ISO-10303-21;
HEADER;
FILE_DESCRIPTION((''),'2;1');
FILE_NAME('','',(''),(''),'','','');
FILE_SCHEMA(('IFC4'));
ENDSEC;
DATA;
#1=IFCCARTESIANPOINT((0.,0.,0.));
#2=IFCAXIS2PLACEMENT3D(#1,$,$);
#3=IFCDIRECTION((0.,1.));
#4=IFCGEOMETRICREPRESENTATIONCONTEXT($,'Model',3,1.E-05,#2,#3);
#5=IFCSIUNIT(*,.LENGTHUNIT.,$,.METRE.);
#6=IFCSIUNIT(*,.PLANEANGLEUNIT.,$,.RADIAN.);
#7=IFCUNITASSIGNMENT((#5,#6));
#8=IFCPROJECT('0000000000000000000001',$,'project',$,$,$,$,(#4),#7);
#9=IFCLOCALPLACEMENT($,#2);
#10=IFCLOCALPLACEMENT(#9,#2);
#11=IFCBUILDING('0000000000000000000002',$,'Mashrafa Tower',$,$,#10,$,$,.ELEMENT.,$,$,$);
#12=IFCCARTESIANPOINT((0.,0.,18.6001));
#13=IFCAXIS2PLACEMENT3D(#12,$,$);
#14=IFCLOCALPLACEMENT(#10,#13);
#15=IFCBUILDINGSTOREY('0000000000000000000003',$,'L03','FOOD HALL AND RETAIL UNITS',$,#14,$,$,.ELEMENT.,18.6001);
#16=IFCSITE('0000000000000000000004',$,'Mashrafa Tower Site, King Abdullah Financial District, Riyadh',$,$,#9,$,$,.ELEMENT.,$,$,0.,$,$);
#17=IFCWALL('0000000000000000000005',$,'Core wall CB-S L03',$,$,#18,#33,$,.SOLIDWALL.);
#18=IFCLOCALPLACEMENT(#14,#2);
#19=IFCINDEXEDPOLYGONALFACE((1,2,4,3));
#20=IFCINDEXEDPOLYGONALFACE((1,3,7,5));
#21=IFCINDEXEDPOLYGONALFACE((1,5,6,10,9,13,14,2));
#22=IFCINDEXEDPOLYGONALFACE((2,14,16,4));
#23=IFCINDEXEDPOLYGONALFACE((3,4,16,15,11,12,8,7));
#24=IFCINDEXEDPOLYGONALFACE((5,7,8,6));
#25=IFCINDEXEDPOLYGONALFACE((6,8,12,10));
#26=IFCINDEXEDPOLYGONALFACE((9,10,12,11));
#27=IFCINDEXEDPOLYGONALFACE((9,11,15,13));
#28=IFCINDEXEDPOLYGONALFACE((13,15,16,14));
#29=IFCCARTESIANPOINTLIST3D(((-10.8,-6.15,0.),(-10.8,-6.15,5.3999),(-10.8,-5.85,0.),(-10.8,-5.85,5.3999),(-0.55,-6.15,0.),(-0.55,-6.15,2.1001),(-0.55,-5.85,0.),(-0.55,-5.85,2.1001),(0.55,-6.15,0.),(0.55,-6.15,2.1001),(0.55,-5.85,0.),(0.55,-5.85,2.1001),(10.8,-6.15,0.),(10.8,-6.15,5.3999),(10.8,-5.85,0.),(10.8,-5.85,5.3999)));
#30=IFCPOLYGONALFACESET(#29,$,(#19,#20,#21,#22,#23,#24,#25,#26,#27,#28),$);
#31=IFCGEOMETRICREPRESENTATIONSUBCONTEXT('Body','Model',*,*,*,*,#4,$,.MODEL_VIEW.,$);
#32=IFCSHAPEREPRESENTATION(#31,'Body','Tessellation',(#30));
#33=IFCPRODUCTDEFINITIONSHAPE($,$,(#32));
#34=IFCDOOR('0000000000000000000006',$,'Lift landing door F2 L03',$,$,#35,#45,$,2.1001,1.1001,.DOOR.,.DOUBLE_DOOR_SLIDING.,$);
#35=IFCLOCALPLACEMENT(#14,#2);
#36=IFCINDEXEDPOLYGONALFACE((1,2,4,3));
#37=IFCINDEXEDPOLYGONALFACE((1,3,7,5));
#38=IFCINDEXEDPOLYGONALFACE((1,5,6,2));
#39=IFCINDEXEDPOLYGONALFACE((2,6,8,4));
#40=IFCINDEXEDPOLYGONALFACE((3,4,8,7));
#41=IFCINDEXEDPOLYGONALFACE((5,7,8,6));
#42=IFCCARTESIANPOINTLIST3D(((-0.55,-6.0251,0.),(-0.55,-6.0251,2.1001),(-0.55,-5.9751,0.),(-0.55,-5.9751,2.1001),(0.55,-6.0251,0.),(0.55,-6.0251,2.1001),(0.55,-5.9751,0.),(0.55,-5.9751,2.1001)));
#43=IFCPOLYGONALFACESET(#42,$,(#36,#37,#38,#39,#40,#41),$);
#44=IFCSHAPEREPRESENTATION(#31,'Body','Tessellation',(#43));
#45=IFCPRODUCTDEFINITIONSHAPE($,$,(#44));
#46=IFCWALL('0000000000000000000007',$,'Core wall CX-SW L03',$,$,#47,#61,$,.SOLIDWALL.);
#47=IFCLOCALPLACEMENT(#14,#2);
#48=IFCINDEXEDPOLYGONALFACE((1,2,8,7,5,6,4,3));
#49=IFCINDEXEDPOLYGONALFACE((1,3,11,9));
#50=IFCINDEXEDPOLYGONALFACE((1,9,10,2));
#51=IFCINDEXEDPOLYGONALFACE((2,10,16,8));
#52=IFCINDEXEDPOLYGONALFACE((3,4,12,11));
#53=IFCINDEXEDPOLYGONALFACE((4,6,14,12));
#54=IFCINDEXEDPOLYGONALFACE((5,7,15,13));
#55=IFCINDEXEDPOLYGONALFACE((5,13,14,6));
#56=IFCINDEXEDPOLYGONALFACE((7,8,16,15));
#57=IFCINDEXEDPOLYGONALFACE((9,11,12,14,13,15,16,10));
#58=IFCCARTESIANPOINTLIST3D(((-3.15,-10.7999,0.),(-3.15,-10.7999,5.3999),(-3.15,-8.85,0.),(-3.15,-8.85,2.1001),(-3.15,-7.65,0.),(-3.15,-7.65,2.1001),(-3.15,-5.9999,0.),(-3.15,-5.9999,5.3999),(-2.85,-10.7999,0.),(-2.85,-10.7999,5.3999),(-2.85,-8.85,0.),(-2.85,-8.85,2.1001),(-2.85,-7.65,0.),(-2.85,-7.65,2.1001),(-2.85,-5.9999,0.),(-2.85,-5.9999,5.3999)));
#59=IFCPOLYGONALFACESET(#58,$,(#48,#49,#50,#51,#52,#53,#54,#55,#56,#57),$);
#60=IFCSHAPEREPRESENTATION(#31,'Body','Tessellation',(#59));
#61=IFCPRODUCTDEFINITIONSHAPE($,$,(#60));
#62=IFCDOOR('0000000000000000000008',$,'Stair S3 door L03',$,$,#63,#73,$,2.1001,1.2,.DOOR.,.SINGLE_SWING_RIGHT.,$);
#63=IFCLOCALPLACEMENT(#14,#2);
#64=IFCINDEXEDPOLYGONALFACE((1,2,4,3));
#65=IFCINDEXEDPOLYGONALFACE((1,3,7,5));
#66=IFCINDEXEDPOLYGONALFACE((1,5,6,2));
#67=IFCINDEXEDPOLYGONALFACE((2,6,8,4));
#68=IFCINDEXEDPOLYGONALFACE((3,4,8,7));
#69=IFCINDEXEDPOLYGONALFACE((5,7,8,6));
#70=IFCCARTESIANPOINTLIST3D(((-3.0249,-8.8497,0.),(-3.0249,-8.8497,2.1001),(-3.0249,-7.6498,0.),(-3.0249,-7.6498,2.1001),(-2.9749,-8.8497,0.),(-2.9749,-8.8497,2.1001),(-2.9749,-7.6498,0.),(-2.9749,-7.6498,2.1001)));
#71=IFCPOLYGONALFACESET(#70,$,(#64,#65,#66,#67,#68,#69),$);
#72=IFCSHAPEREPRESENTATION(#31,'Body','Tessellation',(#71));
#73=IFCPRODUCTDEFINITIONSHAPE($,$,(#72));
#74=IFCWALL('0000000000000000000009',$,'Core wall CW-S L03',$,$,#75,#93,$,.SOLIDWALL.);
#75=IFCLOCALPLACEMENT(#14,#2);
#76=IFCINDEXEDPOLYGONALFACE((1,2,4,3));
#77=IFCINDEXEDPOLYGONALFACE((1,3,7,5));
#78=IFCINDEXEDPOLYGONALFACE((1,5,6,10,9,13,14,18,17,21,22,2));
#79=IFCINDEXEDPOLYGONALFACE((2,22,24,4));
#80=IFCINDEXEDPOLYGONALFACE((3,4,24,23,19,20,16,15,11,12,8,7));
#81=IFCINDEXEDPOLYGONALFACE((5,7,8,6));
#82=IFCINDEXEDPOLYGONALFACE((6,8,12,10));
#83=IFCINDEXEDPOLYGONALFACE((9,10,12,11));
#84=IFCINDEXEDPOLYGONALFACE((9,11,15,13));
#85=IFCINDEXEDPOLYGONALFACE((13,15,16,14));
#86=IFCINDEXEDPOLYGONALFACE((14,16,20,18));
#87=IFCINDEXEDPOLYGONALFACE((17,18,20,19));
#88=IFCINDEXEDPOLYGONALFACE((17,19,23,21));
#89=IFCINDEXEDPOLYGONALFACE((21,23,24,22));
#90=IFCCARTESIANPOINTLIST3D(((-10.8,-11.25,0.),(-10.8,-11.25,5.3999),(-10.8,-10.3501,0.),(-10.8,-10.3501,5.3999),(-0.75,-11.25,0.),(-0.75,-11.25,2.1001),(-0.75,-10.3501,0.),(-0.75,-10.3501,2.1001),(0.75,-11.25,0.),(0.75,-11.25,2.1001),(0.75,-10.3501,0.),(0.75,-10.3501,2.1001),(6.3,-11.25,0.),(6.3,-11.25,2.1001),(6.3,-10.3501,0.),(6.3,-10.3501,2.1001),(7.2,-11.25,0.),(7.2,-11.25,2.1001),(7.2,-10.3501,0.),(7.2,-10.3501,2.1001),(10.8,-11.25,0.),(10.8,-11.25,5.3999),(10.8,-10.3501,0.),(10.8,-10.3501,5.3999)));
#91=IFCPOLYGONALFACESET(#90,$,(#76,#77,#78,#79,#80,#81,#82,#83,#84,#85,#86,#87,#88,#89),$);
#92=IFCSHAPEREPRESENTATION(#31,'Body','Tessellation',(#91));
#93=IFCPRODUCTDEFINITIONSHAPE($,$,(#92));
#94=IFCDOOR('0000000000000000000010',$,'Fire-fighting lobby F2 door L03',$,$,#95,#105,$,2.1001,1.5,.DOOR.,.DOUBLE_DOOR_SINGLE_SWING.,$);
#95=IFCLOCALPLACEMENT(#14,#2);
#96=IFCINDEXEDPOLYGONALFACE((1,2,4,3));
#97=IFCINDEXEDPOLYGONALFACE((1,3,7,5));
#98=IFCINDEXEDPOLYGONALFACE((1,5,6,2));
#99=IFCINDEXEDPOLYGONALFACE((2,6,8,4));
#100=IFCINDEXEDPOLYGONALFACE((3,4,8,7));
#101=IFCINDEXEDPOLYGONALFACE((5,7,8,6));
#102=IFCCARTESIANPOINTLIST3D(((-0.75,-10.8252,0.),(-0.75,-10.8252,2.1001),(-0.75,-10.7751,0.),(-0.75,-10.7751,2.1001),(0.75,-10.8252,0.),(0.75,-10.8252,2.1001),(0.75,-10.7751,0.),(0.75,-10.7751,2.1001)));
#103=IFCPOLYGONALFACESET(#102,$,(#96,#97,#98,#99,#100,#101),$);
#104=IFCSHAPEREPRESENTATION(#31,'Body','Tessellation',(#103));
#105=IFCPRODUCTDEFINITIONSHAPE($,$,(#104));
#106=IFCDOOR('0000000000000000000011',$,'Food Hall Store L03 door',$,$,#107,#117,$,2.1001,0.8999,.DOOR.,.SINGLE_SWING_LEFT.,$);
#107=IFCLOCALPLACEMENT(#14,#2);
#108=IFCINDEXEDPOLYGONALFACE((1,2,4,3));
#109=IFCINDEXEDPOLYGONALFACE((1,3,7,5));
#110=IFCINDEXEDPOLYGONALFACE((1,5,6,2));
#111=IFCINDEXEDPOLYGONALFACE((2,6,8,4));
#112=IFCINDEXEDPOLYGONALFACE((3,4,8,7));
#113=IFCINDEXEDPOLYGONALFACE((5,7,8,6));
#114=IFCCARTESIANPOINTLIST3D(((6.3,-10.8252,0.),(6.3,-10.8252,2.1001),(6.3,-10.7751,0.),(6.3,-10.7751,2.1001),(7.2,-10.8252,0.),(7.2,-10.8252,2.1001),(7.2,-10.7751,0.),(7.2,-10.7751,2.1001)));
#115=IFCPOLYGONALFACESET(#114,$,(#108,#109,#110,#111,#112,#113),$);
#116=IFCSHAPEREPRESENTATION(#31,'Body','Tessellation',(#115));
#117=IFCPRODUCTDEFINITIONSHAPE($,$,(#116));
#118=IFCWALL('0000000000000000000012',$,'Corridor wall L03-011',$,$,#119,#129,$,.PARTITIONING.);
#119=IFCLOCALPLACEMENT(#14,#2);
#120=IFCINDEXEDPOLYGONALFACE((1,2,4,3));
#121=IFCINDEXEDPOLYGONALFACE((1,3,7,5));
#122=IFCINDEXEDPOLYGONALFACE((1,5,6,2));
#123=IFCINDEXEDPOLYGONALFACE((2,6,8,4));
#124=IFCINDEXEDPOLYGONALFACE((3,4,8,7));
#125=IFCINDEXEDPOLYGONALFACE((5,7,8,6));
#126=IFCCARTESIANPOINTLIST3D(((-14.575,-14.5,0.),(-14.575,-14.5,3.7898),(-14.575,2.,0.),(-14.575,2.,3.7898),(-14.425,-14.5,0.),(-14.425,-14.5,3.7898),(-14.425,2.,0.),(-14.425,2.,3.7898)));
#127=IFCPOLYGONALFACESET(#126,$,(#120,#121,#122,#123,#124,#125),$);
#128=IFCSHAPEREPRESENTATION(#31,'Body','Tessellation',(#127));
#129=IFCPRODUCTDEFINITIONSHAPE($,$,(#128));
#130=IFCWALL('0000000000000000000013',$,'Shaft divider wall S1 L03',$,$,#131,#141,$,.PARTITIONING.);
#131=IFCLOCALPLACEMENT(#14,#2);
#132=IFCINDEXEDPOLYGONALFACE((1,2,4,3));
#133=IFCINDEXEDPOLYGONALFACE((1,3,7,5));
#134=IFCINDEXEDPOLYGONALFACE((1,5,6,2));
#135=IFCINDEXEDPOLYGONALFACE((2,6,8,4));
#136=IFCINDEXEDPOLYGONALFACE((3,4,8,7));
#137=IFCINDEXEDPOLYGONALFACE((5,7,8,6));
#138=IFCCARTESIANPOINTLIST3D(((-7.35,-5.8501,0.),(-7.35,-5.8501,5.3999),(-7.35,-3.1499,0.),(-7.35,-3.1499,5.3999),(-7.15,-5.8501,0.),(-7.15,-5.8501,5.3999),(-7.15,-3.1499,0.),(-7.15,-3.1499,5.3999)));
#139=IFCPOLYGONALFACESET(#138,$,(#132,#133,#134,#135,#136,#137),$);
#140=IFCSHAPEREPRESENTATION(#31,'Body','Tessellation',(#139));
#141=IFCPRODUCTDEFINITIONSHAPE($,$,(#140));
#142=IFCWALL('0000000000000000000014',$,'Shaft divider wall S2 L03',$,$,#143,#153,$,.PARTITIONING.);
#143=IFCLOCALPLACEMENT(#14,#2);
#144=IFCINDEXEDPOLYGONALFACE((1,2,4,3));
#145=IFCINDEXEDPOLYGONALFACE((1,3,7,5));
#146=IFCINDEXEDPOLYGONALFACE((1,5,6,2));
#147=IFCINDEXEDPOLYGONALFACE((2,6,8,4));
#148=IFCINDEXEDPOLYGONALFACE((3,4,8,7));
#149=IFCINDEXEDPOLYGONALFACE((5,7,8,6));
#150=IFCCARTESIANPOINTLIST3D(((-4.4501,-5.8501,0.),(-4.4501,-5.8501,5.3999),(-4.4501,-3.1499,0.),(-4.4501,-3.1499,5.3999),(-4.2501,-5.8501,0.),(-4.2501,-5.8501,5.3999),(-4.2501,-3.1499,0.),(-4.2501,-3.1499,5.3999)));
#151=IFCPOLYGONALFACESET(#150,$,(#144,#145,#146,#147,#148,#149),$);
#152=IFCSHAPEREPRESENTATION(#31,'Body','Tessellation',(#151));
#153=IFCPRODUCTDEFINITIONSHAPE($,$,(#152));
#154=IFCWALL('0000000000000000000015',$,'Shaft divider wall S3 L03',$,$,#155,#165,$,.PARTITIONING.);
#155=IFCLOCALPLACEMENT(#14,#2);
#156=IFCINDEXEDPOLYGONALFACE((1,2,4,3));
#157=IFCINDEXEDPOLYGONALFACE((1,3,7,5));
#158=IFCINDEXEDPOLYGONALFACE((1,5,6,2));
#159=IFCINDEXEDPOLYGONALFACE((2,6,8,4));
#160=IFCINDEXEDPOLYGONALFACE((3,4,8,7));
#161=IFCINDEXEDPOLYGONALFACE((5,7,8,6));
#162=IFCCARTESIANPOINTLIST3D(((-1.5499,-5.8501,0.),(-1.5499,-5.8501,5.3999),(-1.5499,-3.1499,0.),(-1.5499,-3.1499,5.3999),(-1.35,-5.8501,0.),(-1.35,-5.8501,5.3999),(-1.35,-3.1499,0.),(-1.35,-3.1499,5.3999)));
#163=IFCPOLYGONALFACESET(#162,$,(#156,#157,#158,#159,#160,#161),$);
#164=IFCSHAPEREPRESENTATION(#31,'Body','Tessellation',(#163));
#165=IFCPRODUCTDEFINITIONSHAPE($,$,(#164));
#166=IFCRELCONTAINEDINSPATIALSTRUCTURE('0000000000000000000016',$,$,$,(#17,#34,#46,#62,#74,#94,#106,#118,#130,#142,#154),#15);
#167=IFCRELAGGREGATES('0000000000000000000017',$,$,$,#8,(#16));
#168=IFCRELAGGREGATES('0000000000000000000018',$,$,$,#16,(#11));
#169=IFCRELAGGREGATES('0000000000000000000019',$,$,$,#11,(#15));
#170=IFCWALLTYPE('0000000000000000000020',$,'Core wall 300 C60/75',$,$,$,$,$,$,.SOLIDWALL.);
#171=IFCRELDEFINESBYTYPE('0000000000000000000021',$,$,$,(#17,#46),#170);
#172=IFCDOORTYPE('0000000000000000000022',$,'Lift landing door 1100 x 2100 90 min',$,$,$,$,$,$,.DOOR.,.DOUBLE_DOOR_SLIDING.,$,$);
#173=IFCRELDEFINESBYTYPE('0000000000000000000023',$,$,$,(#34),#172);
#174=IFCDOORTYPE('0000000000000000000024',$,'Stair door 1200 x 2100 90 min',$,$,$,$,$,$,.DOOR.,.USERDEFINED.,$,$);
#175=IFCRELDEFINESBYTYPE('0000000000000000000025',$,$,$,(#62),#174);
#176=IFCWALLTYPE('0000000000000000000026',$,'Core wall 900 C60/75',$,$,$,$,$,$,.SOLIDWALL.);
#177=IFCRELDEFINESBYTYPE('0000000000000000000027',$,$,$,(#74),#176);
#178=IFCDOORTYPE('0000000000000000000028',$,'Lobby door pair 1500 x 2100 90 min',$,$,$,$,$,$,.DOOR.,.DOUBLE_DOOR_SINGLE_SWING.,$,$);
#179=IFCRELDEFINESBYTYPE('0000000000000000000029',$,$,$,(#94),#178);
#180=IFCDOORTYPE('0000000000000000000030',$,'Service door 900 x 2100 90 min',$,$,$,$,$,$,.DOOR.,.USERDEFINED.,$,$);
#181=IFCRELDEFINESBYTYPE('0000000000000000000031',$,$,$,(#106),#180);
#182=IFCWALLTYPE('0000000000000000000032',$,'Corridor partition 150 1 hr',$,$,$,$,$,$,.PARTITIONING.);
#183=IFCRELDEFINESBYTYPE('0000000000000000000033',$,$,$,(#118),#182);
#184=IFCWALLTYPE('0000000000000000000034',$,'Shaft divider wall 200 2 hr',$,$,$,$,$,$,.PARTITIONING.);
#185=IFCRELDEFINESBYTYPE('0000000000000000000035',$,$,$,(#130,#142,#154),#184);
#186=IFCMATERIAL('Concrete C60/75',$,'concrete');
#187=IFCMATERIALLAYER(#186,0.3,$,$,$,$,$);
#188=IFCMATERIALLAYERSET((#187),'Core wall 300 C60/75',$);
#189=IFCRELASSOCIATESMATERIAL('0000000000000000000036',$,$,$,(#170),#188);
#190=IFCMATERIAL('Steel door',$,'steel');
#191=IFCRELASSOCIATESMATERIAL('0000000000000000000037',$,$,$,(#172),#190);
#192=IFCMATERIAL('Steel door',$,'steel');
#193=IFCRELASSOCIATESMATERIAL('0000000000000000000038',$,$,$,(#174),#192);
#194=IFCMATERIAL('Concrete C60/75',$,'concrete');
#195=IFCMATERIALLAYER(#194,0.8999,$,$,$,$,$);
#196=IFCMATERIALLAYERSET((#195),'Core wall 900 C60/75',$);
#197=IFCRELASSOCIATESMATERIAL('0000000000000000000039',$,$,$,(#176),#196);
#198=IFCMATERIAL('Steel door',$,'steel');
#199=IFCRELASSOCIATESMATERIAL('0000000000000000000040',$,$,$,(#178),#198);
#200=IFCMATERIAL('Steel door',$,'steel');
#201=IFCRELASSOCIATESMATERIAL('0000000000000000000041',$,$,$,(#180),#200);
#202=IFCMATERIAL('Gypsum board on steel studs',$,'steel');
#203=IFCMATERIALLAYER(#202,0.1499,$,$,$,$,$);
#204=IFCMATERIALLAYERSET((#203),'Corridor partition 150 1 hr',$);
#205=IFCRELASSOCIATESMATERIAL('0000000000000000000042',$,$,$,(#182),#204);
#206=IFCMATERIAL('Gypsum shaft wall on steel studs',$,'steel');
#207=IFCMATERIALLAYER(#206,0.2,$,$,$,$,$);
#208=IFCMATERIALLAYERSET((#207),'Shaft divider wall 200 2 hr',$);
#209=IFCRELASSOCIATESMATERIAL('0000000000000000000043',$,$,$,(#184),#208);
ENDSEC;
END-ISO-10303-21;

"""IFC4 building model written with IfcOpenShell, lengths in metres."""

from ifc_helpers import new_model, si_unit, direction, frame, frame_2d, origin, place, context, subcontext, project, spatial, rectangle, extrude, material, layer, layer_set, type_object, element, fill, save


model = new_model("IFC4")

# Units and contexts
model_context = context("Model", 3, precision=1e-05, world=origin(), true_north=direction((0.0, 1.0)))
body_context = subcontext(model_context, "Body", "Model", "MODEL_VIEW")
ifc_project = project(units=[si_unit("LENGTHUNIT", "METRE"), si_unit("PLANEANGLEUNIT", "RADIAN")], contexts=[model_context])

# Site, building, storey
site_placement = place(None, origin())
site = spatial("IfcSite", under=ifc_project, at=site_placement, Name="Mashrafa Tower Site, King Abdullah Financial District, Riyadh", CompositionType="ELEMENT", RefElevation=0.0)
building_placement = place(site_placement, origin())
building = spatial("IfcBuilding", under=site, at=building_placement, Name="Mashrafa Tower", CompositionType="ELEMENT")
storey_placement = place(building_placement, frame((0.0, 0.0, 18.6001)))
storey = spatial("IfcBuildingStorey", under=building, at=storey_placement, Name="L03", Description="FOOD HALL AND RETAIL UNITS", CompositionType="ELEMENT", Elevation=18.6001)

# Shared definitions
ifc_material_1 = material(Name="Concrete C60/75", Category="concrete")
ifc_layer_1 = layer(ifc_material_1, 0.3)
ifc_layer_set_1 = layer_set([ifc_layer_1], Name="Core wall 300 C60/75")
wall_type_1 = type_object("IfcWallType", Name="Core wall 300 C60/75", PredefinedType="SOLIDWALL", material=ifc_layer_set_1)

# Walls, openings, doors
wall_1_placement = place(storey_placement, frame((-10.8, -6.0, 0.0), z_axis=(0.0, 0.0, 1.0), x_axis=(1.0, 0.0, 0.0)))
wall_1 = element("IfcWall", 1, at=wall_1_placement, inside=storey, type_object=wall_type_1, Name="Core wall CB-S L03", PredefinedType="SOLIDWALL", context=body_context, shape_type="SweptSolid", body=[
    extrude(rectangle(XDim=21.6001, YDim=0.3, at=frame_2d((10.8, 0.0))), origin(), (0.0, 0.0, 1.0), 5.3999),
])
opening_1_placement = place(wall_1_placement, frame((10.25, 0.0, 0.0)))
opening_1 = element("IfcOpeningElement", 2, at=opening_1_placement, cuts=wall_1, PredefinedType="OPENING", context=body_context, shape_type="SweptSolid", body=[
    extrude(rectangle(XDim=1.1001, YDim=2.1001, at=frame_2d((0.55, 1.05))), frame((0.0, 0.1599, 0.0), z_axis=(0.0, -1.0, 0.0), x_axis=(1.0, 0.0, 0.0)), (0.0, 0.0, 1.0), 0.3201),
])
ifc_material_2 = material(Name="Steel door", Category="steel")
door_type_1 = type_object("IfcDoorType", Name="Lift landing door 1100 x 2100 90 min", OperationType="DOUBLE_DOOR_SLIDING", PredefinedType="DOOR", material=ifc_material_2)
door_1_placement = place(opening_1_placement, origin())
door_1 = element("IfcDoor", 3, at=door_1_placement, inside=storey, type_object=door_type_1, Name="Lift landing door F2 L03", OperationType="DOUBLE_DOOR_SLIDING", OverallHeight=2.1001, OverallWidth=1.1001, PredefinedType="DOOR", context=body_context, shape_type="SweptSolid", body=[
    extrude(rectangle(XDim=1.1001, YDim=2.1001, at=frame_2d((0.55, 1.05))), frame((0.0, 0.0249, 0.0), z_axis=(0.0, -1.0, 0.0), x_axis=(1.0, 0.0, 0.0)), (0.0, 0.0, 1.0), 0.05),
])
fill(opening_1, door_1)
wall_2_placement = place(storey_placement, frame((-3.0, -6.0, 0.0), z_axis=(0.0, 0.0, 1.0), x_axis=(0.0, -1.0, 0.0)))
wall_2 = element("IfcWall", 4, at=wall_2_placement, inside=storey, type_object=wall_type_1, Name="Core wall CX-SW L03", PredefinedType="SOLIDWALL", context=body_context, shape_type="SweptSolid", body=[
    extrude(rectangle(XDim=4.8, YDim=0.3, at=frame_2d((2.3999, 0.0))), origin(), (0.0, 0.0, 1.0), 5.3999),
])
opening_2_placement = place(wall_2_placement, frame((1.6499, 0.0, 0.0)))
opening_2 = element("IfcOpeningElement", 5, at=opening_2_placement, cuts=wall_2, PredefinedType="OPENING", context=body_context, shape_type="SweptSolid", body=[
    extrude(rectangle(XDim=1.2, YDim=2.1001, at=frame_2d((0.6001, 1.05))), frame((0.0, 0.1599, 0.0), z_axis=(0.0, -1.0, 0.0), x_axis=(1.0, 0.0, 0.0)), (0.0, 0.0, 1.0), 0.3201),
])
ifc_material_3 = material(Name="Steel door", Category="steel")
door_type_2 = type_object("IfcDoorType", Name="Stair door 1200 x 2100 90 min", OperationType="USERDEFINED", PredefinedType="DOOR", material=ifc_material_3)
door_2_placement = place(opening_2_placement, frame((1.2, 0.0, 0.0), z_axis=(0.0, 0.0, 1.0), x_axis=(-1.0, 0.0, 0.0)))
door_2 = element("IfcDoor", 6, at=door_2_placement, inside=storey, type_object=door_type_2, Name="Stair S3 door L03", OperationType="SINGLE_SWING_RIGHT", OverallHeight=2.1001, OverallWidth=1.2, PredefinedType="DOOR", context=body_context, shape_type="SweptSolid", body=[
    extrude(rectangle(XDim=1.2, YDim=2.1001, at=frame_2d((0.6001, 1.05))), frame((0.0, 0.0249, 0.0), z_axis=(0.0, -1.0, 0.0), x_axis=(1.0, 0.0, 0.0)), (0.0, 0.0, 1.0), 0.05),
])
fill(opening_2, door_2)

# Wall, openings, doors
ifc_material_4 = material(Name="Concrete C60/75", Category="concrete")
ifc_layer_2 = layer(ifc_material_4, 0.8999)
ifc_layer_set_2 = layer_set([ifc_layer_2], Name="Core wall 900 C60/75")
wall_type_2 = type_object("IfcWallType", Name="Core wall 900 C60/75", PredefinedType="SOLIDWALL", material=ifc_layer_set_2)
wall_3_placement = place(storey_placement, frame((-10.8, -10.8, 0.0), z_axis=(0.0, 0.0, 1.0), x_axis=(1.0, 0.0, 0.0)))
wall_3 = element("IfcWall", 7, at=wall_3_placement, inside=storey, type_object=wall_type_2, Name="Core wall CW-S L03", PredefinedType="SOLIDWALL", context=body_context, shape_type="SweptSolid", body=[
    extrude(rectangle(XDim=21.6001, YDim=0.8999, at=frame_2d((10.8, 0.0))), origin(), (0.0, 0.0, 1.0), 5.3999),
])
opening_3_placement = place(wall_3_placement, frame((10.05, 0.0, 0.0)))
opening_3 = element("IfcOpeningElement", 8, at=opening_3_placement, cuts=wall_3, PredefinedType="OPENING", context=body_context, shape_type="SweptSolid", body=[
    extrude(rectangle(XDim=1.5, YDim=2.1001, at=frame_2d((0.75, 1.05))), frame((0.0, 0.46, 0.0), z_axis=(0.0, -1.0, 0.0), x_axis=(1.0, 0.0, 0.0)), (0.0, 0.0, 1.0), 0.9199),
])
opening_4_placement = place(wall_3_placement, frame((17.1001, 0.0, 0.0)))
opening_4 = element("IfcOpeningElement", 9, at=opening_4_placement, cuts=wall_3, PredefinedType="OPENING", context=body_context, shape_type="SweptSolid", body=[
    extrude(rectangle(XDim=0.8999, YDim=2.1001, at=frame_2d((0.45, 1.05))), frame((0.0, 0.46, 0.0), z_axis=(0.0, -1.0, 0.0), x_axis=(1.0, 0.0, 0.0)), (0.0, 0.0, 1.0), 0.9199),
])
ifc_material_5 = material(Name="Steel door", Category="steel")
door_type_3 = type_object("IfcDoorType", Name="Lobby door pair 1500 x 2100 90 min", OperationType="DOUBLE_DOOR_SINGLE_SWING", PredefinedType="DOOR", material=ifc_material_5)
door_3_placement = place(opening_3_placement, origin())
door_3 = element("IfcDoor", 10, at=door_3_placement, inside=storey, type_object=door_type_3, Name="Fire-fighting lobby F2 door L03", OperationType="DOUBLE_DOOR_SINGLE_SWING", OverallHeight=2.1001, OverallWidth=1.5, PredefinedType="DOOR", context=body_context, shape_type="SweptSolid", body=[
    extrude(rectangle(XDim=1.5, YDim=2.1001, at=frame_2d((0.75, 1.05))), frame((0.0, 0.0249, 0.0), z_axis=(0.0, -1.0, 0.0), x_axis=(1.0, 0.0, 0.0)), (0.0, 0.0, 1.0), 0.05),
])
fill(opening_3, door_3)
ifc_material_6 = material(Name="Steel door", Category="steel")
door_type_4 = type_object("IfcDoorType", Name="Service door 900 x 2100 90 min", OperationType="USERDEFINED", PredefinedType="DOOR", material=ifc_material_6)
door_4_placement = place(opening_4_placement, origin())
door_4 = element("IfcDoor", 11, at=door_4_placement, inside=storey, type_object=door_type_4, Name="Food Hall Store L03 door", OperationType="SINGLE_SWING_LEFT", OverallHeight=2.1001, OverallWidth=0.8999, PredefinedType="DOOR", context=body_context, shape_type="SweptSolid", body=[
    extrude(rectangle(XDim=0.8999, YDim=2.1001, at=frame_2d((0.45, 1.05))), frame((0.0, 0.0249, 0.0), z_axis=(0.0, -1.0, 0.0), x_axis=(1.0, 0.0, 0.0)), (0.0, 0.0, 1.0), 0.05),
])
fill(opening_4, door_4)

# Walls
ifc_material_7 = material(Name="Gypsum board on steel studs", Category="steel")
ifc_layer_3 = layer(ifc_material_7, 0.1499)
ifc_layer_set_3 = layer_set([ifc_layer_3], Name="Corridor partition 150 1 hr")
wall_type_3 = type_object("IfcWallType", Name="Corridor partition 150 1 hr", PredefinedType="PARTITIONING", material=ifc_layer_set_3)
wall_4_placement = place(storey_placement, frame((-14.5, -14.5, 0.0), z_axis=(0.0, 0.0, 1.0), x_axis=(0.0, 1.0, 0.0)))
element("IfcWall", 12, at=wall_4_placement, inside=storey, type_object=wall_type_3, Name="Corridor wall L03-011", PredefinedType="PARTITIONING", context=body_context, shape_type="SweptSolid", body=[
    extrude(rectangle(XDim=16.5, YDim=0.1499, at=frame_2d((8.25, 0.0))), origin(), (0.0, 0.0, 1.0), 3.7898),
])
ifc_material_8 = material(Name="Gypsum shaft wall on steel studs", Category="steel")
ifc_layer_4 = layer(ifc_material_8, 0.2)
ifc_layer_set_4 = layer_set([ifc_layer_4], Name="Shaft divider wall 200 2 hr")
wall_type_4 = type_object("IfcWallType", Name="Shaft divider wall 200 2 hr", PredefinedType="PARTITIONING", material=ifc_layer_set_4)
for number, where, z_axis, x_axis, name in (
    (13, (-7.25, -5.8501, 0.0), (0.0, 0.0, 1.0), (0.0, 1.0, 0.0), "Shaft divider wall S1 L03"),
    (14, (-4.3501, -5.8501, 0.0), (0.0, 0.0, 1.0), (0.0, 1.0, 0.0), "Shaft divider wall S2 L03"),
    (15, (-1.45, -5.8501, 0.0), (0.0, 0.0, 1.0), (0.0, 1.0, 0.0), "Shaft divider wall S3 L03"),
):
    element("IfcWall", number, at=place(storey_placement, frame(where, z_axis=z_axis, x_axis=x_axis)), inside=storey, type_object=wall_type_4, Name=name, PredefinedType="PARTITIONING", context=body_context, shape_type="SweptSolid", body=[
        extrude(rectangle(XDim=2.7002, YDim=0.2, at=frame_2d((1.3501, 0.0))), origin(), (0.0, 0.0, 1.0), 5.3999),
    ])

save(model, "model.ifc")
